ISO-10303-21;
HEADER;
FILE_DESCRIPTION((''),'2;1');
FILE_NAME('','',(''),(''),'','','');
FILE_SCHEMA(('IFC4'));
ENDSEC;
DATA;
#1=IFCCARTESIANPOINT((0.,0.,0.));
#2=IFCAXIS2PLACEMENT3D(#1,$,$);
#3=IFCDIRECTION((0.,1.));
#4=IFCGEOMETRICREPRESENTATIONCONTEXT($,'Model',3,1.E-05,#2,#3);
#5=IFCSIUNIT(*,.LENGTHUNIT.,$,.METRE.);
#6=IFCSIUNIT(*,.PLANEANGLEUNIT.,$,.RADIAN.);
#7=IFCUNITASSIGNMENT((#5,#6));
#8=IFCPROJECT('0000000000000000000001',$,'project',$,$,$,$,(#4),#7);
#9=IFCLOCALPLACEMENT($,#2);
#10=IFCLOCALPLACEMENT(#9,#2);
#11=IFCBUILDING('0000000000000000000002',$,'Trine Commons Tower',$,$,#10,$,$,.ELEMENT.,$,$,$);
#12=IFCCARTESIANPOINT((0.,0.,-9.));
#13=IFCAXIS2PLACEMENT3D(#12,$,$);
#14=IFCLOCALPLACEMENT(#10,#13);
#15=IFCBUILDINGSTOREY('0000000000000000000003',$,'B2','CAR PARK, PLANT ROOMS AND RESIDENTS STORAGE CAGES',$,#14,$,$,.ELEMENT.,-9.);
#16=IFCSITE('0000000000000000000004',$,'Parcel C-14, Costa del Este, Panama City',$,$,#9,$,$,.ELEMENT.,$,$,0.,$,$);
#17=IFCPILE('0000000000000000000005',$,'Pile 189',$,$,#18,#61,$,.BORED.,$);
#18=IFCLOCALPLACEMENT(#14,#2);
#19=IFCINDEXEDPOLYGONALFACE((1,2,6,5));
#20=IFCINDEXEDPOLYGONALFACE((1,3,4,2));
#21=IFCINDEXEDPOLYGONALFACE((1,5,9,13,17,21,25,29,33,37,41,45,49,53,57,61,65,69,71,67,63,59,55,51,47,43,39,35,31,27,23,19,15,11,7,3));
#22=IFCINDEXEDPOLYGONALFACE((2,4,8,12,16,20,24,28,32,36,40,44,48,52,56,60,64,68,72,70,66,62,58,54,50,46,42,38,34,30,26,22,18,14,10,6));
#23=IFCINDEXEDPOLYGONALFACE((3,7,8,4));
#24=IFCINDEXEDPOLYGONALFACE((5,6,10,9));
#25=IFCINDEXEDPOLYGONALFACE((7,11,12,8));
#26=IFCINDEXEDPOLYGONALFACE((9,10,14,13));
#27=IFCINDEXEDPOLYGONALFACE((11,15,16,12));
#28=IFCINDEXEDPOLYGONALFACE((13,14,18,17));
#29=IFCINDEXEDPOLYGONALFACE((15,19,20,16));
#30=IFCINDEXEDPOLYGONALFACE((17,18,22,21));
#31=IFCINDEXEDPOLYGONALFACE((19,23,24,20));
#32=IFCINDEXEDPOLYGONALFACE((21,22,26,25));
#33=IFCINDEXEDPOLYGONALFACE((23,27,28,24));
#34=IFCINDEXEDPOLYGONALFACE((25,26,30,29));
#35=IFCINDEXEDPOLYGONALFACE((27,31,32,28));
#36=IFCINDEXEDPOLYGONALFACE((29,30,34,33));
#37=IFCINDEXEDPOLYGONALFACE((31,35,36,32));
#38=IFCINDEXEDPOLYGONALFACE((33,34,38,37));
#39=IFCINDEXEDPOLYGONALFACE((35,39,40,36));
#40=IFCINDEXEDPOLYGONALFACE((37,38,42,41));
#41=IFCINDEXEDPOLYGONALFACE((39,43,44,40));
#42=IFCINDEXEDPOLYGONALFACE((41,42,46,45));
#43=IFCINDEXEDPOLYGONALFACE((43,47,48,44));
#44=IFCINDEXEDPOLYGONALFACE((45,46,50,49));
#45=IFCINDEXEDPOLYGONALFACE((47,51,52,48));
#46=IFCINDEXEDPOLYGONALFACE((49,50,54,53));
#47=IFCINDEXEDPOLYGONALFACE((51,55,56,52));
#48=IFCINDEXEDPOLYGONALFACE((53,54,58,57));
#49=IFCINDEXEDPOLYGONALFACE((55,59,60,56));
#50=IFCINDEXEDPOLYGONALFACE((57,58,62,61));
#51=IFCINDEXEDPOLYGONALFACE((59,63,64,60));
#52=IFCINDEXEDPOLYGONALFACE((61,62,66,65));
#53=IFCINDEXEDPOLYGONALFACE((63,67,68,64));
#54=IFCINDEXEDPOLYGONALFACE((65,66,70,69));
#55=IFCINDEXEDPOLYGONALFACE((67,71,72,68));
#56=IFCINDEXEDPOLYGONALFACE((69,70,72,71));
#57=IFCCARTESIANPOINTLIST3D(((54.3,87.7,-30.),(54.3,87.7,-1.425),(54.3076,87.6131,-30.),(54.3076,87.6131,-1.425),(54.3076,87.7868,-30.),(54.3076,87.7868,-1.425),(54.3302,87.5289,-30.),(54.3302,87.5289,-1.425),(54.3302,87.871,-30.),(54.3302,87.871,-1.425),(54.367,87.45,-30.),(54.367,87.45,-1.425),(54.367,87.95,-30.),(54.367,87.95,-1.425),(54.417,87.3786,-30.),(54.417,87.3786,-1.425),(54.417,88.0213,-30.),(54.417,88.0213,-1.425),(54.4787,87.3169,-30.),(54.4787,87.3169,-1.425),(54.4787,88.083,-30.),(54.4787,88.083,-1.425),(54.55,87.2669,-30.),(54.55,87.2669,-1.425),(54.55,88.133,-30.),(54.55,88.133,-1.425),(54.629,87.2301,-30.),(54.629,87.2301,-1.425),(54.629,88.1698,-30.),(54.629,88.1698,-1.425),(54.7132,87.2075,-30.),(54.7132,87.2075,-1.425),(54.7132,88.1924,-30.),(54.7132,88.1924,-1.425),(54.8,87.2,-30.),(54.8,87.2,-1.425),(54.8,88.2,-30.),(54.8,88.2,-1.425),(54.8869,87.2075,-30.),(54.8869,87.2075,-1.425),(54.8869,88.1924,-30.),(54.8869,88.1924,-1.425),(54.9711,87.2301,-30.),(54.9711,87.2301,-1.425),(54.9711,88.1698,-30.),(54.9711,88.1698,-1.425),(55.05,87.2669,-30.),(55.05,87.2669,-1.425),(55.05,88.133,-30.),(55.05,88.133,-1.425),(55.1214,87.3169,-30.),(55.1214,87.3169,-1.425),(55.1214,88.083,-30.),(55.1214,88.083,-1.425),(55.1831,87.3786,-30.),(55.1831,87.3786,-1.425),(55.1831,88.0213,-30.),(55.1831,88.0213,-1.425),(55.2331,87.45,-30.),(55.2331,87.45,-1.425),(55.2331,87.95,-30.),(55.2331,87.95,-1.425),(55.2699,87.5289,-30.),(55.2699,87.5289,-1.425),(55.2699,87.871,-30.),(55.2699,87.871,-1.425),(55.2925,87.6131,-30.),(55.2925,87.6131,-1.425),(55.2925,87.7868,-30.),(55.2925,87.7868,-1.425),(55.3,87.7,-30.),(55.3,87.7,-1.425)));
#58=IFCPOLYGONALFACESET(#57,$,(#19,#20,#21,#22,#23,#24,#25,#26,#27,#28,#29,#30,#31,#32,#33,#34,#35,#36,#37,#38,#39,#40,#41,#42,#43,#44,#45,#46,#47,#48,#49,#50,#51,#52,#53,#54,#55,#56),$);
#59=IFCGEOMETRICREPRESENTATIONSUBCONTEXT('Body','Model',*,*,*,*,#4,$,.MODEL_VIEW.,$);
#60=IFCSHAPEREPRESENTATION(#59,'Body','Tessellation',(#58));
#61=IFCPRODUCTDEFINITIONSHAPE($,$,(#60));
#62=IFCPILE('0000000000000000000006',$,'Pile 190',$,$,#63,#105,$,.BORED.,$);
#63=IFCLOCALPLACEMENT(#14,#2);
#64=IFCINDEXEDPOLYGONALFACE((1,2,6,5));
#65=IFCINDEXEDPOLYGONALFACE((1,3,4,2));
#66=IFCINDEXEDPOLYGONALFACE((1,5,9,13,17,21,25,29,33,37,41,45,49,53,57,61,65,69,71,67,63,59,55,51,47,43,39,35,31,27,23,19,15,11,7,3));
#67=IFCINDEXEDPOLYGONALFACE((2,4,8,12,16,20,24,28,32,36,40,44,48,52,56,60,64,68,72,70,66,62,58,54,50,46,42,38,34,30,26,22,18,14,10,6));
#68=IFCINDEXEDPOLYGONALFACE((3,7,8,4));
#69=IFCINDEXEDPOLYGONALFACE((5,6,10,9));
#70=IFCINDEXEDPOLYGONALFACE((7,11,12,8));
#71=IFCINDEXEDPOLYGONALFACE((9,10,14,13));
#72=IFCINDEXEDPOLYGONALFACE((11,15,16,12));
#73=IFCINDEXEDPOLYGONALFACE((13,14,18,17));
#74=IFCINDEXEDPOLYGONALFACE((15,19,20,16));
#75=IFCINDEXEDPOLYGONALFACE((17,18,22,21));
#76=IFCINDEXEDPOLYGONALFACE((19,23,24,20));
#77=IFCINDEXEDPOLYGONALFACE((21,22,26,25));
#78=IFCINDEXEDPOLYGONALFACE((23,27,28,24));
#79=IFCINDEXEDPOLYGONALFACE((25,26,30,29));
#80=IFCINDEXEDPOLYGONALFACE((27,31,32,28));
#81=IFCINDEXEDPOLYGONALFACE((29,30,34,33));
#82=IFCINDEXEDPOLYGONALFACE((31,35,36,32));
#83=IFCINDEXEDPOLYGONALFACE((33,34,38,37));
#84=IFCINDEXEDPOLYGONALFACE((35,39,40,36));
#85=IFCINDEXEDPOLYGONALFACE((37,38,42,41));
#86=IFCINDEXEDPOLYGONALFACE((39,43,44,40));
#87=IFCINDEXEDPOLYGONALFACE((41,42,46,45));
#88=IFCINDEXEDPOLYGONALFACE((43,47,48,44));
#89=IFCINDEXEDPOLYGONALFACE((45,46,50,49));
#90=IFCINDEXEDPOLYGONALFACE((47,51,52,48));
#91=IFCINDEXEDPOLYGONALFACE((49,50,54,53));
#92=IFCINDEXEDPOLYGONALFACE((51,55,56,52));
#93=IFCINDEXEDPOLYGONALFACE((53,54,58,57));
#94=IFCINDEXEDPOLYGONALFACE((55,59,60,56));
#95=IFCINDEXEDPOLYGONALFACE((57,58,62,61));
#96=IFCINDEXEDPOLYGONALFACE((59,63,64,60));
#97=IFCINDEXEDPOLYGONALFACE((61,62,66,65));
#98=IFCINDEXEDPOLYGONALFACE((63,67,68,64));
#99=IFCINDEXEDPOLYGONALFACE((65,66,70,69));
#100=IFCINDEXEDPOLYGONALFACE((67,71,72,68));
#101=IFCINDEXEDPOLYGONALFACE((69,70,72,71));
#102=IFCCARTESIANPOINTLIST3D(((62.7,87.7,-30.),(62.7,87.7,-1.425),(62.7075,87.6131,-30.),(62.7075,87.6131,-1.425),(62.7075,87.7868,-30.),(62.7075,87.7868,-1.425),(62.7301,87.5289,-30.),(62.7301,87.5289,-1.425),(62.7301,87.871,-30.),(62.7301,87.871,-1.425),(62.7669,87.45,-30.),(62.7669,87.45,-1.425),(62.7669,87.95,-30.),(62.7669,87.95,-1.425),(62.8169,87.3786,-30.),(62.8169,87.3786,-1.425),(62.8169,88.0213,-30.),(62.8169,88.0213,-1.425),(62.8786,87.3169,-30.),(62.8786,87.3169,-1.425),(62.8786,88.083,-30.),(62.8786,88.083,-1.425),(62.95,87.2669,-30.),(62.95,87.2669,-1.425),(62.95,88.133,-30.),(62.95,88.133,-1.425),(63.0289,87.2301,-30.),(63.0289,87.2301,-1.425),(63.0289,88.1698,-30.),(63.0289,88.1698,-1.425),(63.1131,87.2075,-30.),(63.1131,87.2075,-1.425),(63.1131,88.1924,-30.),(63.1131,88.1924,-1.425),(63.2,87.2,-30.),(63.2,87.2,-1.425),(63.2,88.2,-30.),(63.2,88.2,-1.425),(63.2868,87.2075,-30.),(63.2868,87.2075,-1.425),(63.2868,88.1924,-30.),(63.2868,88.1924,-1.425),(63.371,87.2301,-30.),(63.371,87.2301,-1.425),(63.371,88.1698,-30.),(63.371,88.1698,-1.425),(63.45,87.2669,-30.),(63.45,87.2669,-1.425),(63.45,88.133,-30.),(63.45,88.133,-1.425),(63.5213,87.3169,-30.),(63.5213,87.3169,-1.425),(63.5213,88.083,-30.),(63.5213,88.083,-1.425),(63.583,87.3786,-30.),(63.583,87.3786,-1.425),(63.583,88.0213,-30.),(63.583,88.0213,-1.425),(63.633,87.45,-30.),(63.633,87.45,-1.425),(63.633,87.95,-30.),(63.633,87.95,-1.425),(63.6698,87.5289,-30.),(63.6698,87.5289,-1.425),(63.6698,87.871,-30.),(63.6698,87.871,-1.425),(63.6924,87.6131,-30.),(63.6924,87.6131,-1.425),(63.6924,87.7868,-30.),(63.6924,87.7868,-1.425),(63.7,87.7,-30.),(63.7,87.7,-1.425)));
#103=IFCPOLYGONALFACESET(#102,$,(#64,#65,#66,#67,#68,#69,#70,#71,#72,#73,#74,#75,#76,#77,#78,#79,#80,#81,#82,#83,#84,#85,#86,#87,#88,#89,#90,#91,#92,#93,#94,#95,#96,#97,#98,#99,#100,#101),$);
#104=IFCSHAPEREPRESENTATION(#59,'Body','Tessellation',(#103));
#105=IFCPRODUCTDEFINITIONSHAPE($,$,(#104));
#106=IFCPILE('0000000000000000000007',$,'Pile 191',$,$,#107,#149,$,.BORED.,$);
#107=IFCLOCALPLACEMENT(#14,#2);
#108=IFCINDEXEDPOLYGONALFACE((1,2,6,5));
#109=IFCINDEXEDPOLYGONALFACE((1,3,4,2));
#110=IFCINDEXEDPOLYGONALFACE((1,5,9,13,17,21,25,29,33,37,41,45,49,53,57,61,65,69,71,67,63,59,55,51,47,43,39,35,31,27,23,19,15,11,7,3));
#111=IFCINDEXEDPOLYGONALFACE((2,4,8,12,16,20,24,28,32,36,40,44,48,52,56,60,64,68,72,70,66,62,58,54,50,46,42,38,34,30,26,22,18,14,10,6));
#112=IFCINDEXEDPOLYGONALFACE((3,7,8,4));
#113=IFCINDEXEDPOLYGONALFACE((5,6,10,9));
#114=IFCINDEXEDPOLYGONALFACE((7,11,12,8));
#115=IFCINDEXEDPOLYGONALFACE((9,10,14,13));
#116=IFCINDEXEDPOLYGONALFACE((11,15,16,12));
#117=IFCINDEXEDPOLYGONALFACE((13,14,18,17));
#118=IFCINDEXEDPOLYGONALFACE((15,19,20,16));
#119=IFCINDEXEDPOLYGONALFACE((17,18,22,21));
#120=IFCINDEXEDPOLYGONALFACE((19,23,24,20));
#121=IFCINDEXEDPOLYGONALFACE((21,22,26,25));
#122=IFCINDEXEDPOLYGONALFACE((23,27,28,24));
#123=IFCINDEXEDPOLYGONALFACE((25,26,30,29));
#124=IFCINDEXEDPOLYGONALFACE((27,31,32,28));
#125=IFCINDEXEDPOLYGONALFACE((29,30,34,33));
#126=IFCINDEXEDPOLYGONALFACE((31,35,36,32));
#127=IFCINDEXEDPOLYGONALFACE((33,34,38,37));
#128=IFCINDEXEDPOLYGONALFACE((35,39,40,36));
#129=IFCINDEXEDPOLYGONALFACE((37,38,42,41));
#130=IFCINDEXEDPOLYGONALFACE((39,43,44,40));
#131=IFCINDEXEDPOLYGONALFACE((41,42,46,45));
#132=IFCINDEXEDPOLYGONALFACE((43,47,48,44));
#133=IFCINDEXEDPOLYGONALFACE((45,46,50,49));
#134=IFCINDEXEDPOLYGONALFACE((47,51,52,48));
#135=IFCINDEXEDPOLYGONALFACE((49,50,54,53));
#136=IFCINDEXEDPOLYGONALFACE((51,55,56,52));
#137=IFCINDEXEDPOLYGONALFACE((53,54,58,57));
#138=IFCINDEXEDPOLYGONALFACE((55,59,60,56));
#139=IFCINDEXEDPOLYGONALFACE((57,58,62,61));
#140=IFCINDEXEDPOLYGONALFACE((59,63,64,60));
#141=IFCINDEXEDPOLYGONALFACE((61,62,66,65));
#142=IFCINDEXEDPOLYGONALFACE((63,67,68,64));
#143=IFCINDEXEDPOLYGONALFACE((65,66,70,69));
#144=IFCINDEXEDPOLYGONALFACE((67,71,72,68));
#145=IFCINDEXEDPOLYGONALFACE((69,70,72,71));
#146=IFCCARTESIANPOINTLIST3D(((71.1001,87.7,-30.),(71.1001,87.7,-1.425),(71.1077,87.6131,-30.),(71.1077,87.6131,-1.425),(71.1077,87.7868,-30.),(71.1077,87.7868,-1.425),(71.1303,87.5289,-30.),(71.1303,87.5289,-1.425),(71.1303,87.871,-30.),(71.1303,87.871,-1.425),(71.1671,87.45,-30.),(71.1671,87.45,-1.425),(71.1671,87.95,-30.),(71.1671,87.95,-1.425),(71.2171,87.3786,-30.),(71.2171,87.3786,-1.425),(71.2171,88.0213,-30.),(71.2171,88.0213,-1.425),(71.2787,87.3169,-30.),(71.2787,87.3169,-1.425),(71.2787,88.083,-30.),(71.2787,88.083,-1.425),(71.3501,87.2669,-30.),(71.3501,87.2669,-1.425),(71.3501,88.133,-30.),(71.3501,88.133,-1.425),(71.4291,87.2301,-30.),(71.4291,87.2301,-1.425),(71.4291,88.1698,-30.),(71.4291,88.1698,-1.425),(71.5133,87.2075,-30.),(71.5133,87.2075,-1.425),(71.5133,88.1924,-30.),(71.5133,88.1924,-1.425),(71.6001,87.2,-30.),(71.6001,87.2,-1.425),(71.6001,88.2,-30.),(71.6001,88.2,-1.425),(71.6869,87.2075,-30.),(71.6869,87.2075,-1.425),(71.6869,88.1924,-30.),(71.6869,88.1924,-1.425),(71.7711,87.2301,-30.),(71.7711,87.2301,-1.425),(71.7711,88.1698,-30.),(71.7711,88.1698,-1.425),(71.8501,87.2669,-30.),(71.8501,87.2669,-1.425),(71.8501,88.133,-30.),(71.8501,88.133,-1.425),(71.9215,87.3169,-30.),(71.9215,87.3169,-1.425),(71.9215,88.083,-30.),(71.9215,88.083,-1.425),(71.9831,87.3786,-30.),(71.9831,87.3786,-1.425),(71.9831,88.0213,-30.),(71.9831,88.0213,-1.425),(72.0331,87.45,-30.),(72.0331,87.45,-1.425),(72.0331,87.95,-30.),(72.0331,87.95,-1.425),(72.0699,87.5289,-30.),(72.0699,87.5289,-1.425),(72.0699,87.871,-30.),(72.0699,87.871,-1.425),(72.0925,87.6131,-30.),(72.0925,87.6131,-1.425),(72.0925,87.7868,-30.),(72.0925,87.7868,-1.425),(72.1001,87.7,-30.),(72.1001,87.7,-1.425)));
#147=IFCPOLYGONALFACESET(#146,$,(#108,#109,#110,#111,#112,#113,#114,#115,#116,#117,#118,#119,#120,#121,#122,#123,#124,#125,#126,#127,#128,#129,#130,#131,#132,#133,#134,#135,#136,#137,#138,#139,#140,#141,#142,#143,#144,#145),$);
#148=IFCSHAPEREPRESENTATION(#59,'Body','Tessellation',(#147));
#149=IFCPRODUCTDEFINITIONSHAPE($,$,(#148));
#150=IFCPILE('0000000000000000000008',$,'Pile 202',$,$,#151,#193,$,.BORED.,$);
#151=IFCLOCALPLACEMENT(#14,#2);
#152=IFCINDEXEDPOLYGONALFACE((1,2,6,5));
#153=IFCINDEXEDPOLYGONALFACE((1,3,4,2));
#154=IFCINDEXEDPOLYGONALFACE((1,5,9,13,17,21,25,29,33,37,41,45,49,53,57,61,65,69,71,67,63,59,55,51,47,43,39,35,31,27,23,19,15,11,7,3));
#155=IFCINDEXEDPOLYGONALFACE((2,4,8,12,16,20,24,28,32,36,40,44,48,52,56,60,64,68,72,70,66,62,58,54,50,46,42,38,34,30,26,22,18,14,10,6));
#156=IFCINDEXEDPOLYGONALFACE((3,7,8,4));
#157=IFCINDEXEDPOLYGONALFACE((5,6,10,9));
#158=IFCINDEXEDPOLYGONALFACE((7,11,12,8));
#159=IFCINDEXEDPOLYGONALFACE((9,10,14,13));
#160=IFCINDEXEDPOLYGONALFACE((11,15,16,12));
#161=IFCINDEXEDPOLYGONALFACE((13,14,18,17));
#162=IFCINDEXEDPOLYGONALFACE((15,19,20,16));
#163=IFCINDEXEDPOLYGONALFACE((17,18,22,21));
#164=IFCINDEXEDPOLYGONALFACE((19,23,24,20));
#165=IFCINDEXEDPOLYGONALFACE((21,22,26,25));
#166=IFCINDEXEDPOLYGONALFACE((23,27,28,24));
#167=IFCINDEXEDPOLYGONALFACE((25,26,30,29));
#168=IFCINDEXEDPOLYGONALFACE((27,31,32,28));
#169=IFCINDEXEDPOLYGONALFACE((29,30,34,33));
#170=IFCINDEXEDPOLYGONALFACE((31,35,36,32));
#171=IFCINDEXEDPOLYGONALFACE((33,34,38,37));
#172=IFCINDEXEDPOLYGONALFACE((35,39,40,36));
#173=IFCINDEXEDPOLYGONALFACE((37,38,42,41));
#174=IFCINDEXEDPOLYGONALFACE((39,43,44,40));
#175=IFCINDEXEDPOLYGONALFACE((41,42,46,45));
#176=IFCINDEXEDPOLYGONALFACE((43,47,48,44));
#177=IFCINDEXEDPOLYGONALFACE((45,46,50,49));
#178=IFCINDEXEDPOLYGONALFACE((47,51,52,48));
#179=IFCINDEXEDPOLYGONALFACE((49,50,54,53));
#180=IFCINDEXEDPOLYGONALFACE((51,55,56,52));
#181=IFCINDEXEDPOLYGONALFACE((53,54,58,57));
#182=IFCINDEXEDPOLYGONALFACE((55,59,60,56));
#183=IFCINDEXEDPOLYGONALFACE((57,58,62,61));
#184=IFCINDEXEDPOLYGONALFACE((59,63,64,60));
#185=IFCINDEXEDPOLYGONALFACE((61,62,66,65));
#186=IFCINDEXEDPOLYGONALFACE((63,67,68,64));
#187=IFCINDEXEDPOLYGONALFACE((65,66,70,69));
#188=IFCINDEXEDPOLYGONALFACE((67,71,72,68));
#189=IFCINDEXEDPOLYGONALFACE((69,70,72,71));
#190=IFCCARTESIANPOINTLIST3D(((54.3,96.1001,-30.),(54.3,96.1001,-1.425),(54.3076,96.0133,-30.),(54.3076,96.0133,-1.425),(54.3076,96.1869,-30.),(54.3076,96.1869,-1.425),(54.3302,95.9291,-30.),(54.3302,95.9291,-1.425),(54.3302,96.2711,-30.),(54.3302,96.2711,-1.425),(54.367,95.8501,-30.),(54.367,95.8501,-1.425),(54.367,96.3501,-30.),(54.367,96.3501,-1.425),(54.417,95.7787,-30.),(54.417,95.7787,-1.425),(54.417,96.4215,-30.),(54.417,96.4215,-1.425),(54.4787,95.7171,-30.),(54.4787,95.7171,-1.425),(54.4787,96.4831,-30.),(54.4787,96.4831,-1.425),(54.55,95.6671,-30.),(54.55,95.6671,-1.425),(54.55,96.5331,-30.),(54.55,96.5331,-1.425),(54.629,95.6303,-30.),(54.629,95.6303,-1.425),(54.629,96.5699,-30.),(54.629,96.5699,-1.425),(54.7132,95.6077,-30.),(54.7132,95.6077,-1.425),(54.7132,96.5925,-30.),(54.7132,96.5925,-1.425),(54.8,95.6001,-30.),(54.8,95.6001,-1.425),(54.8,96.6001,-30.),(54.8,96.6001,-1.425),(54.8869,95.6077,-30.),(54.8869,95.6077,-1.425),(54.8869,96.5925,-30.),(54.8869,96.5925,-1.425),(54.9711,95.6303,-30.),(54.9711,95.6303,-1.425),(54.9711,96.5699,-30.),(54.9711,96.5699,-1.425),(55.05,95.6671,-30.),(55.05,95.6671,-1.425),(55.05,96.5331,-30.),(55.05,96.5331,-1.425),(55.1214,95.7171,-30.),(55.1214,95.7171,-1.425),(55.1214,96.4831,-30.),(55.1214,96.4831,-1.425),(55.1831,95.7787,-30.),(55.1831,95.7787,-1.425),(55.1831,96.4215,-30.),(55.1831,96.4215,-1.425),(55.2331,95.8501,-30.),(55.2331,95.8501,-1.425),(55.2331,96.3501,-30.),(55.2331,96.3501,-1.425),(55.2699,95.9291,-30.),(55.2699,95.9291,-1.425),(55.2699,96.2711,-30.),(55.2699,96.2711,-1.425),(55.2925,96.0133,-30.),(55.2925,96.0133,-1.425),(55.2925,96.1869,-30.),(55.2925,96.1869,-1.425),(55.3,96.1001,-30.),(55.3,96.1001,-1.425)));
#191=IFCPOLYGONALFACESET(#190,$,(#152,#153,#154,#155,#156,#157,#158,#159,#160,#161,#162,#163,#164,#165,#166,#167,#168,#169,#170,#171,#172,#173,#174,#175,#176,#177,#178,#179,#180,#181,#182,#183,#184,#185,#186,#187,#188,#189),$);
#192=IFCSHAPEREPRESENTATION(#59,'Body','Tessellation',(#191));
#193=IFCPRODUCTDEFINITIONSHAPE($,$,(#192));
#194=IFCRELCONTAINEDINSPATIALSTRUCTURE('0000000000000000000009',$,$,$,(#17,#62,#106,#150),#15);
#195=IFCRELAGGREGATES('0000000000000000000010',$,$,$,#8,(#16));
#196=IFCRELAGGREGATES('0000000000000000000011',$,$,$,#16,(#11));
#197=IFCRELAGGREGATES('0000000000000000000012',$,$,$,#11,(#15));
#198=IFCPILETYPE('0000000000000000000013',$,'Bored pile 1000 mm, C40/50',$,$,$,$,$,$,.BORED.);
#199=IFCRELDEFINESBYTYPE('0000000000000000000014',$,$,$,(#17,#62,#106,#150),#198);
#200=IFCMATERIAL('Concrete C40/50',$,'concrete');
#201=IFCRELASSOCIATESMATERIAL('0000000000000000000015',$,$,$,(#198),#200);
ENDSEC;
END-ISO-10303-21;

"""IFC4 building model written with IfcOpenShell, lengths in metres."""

from ifc_helpers import new_model, si_unit, direction, frame, origin, origin_2d, place, context, subcontext, project, spatial, circle, extrude, material, type_object, element, save


model = new_model("IFC4")

# Units and contexts
model_context = context("Model", 3, precision=1e-05, world=origin(), true_north=direction((0.0, 1.0)))
body_context = subcontext(model_context, "Body", "Model", "MODEL_VIEW")
ifc_project = project(units=[si_unit("LENGTHUNIT", "METRE"), si_unit("PLANEANGLEUNIT", "RADIAN")], contexts=[model_context])

# Site, building, storey
site_placement = place(None, origin())
site = spatial("IfcSite", under=ifc_project, at=site_placement, Name="Parcel C-14, Costa del Este, Panama City", CompositionType="ELEMENT", RefElevation=0.0)
building_placement = place(site_placement, origin())
building = spatial("IfcBuilding", under=site, at=building_placement, Name="Trine Commons Tower", CompositionType="ELEMENT")
storey_placement = place(building_placement, frame((0.0, 0.0, -9.0)))
storey = spatial("IfcBuildingStorey", under=building, at=storey_placement, Name="B2", Description="CAR PARK, PLANT ROOMS AND RESIDENTS STORAGE CAGES", CompositionType="ELEMENT", Elevation=-9.0)

# Piles
ifc_material_1 = material(Name="Concrete C40/50", Category="concrete")
pile_type_1 = type_object("IfcPileType", Name="Bored pile 1000 mm, C40/50", PredefinedType="BORED", material=ifc_material_1)
for number, where, z_axis, x_axis, name in (
    (1, (54.8, 87.7, -1.425), (0.0, 0.0, -1.0), (1.0, 0.0, 0.0), "Pile 189"),
    (2, (63.2, 87.7, -1.425), (0.0, 0.0, -1.0), (1.0, 0.0, 0.0), "Pile 190"),
    (3, (71.6001, 87.7, -1.425), (0.0, 0.0, -1.0), (1.0, 0.0, 0.0), "Pile 191"),
    (4, (54.8, 96.1001, -1.425), (0.0, 0.0, -1.0), (1.0, 0.0, 0.0), "Pile 202"),
):
    element("IfcPile", number, at=place(storey_placement, frame(where, z_axis=z_axis, x_axis=x_axis)), inside=storey, type_object=pile_type_1, Name=name, PredefinedType="BORED", context=body_context, shape_type="SweptSolid", body=[
        extrude(circle(Radius=0.5, at=origin_2d()), origin(), (0.0, 0.0, 1.0), 28.575),
    ])

save(model, "model.ifc")
